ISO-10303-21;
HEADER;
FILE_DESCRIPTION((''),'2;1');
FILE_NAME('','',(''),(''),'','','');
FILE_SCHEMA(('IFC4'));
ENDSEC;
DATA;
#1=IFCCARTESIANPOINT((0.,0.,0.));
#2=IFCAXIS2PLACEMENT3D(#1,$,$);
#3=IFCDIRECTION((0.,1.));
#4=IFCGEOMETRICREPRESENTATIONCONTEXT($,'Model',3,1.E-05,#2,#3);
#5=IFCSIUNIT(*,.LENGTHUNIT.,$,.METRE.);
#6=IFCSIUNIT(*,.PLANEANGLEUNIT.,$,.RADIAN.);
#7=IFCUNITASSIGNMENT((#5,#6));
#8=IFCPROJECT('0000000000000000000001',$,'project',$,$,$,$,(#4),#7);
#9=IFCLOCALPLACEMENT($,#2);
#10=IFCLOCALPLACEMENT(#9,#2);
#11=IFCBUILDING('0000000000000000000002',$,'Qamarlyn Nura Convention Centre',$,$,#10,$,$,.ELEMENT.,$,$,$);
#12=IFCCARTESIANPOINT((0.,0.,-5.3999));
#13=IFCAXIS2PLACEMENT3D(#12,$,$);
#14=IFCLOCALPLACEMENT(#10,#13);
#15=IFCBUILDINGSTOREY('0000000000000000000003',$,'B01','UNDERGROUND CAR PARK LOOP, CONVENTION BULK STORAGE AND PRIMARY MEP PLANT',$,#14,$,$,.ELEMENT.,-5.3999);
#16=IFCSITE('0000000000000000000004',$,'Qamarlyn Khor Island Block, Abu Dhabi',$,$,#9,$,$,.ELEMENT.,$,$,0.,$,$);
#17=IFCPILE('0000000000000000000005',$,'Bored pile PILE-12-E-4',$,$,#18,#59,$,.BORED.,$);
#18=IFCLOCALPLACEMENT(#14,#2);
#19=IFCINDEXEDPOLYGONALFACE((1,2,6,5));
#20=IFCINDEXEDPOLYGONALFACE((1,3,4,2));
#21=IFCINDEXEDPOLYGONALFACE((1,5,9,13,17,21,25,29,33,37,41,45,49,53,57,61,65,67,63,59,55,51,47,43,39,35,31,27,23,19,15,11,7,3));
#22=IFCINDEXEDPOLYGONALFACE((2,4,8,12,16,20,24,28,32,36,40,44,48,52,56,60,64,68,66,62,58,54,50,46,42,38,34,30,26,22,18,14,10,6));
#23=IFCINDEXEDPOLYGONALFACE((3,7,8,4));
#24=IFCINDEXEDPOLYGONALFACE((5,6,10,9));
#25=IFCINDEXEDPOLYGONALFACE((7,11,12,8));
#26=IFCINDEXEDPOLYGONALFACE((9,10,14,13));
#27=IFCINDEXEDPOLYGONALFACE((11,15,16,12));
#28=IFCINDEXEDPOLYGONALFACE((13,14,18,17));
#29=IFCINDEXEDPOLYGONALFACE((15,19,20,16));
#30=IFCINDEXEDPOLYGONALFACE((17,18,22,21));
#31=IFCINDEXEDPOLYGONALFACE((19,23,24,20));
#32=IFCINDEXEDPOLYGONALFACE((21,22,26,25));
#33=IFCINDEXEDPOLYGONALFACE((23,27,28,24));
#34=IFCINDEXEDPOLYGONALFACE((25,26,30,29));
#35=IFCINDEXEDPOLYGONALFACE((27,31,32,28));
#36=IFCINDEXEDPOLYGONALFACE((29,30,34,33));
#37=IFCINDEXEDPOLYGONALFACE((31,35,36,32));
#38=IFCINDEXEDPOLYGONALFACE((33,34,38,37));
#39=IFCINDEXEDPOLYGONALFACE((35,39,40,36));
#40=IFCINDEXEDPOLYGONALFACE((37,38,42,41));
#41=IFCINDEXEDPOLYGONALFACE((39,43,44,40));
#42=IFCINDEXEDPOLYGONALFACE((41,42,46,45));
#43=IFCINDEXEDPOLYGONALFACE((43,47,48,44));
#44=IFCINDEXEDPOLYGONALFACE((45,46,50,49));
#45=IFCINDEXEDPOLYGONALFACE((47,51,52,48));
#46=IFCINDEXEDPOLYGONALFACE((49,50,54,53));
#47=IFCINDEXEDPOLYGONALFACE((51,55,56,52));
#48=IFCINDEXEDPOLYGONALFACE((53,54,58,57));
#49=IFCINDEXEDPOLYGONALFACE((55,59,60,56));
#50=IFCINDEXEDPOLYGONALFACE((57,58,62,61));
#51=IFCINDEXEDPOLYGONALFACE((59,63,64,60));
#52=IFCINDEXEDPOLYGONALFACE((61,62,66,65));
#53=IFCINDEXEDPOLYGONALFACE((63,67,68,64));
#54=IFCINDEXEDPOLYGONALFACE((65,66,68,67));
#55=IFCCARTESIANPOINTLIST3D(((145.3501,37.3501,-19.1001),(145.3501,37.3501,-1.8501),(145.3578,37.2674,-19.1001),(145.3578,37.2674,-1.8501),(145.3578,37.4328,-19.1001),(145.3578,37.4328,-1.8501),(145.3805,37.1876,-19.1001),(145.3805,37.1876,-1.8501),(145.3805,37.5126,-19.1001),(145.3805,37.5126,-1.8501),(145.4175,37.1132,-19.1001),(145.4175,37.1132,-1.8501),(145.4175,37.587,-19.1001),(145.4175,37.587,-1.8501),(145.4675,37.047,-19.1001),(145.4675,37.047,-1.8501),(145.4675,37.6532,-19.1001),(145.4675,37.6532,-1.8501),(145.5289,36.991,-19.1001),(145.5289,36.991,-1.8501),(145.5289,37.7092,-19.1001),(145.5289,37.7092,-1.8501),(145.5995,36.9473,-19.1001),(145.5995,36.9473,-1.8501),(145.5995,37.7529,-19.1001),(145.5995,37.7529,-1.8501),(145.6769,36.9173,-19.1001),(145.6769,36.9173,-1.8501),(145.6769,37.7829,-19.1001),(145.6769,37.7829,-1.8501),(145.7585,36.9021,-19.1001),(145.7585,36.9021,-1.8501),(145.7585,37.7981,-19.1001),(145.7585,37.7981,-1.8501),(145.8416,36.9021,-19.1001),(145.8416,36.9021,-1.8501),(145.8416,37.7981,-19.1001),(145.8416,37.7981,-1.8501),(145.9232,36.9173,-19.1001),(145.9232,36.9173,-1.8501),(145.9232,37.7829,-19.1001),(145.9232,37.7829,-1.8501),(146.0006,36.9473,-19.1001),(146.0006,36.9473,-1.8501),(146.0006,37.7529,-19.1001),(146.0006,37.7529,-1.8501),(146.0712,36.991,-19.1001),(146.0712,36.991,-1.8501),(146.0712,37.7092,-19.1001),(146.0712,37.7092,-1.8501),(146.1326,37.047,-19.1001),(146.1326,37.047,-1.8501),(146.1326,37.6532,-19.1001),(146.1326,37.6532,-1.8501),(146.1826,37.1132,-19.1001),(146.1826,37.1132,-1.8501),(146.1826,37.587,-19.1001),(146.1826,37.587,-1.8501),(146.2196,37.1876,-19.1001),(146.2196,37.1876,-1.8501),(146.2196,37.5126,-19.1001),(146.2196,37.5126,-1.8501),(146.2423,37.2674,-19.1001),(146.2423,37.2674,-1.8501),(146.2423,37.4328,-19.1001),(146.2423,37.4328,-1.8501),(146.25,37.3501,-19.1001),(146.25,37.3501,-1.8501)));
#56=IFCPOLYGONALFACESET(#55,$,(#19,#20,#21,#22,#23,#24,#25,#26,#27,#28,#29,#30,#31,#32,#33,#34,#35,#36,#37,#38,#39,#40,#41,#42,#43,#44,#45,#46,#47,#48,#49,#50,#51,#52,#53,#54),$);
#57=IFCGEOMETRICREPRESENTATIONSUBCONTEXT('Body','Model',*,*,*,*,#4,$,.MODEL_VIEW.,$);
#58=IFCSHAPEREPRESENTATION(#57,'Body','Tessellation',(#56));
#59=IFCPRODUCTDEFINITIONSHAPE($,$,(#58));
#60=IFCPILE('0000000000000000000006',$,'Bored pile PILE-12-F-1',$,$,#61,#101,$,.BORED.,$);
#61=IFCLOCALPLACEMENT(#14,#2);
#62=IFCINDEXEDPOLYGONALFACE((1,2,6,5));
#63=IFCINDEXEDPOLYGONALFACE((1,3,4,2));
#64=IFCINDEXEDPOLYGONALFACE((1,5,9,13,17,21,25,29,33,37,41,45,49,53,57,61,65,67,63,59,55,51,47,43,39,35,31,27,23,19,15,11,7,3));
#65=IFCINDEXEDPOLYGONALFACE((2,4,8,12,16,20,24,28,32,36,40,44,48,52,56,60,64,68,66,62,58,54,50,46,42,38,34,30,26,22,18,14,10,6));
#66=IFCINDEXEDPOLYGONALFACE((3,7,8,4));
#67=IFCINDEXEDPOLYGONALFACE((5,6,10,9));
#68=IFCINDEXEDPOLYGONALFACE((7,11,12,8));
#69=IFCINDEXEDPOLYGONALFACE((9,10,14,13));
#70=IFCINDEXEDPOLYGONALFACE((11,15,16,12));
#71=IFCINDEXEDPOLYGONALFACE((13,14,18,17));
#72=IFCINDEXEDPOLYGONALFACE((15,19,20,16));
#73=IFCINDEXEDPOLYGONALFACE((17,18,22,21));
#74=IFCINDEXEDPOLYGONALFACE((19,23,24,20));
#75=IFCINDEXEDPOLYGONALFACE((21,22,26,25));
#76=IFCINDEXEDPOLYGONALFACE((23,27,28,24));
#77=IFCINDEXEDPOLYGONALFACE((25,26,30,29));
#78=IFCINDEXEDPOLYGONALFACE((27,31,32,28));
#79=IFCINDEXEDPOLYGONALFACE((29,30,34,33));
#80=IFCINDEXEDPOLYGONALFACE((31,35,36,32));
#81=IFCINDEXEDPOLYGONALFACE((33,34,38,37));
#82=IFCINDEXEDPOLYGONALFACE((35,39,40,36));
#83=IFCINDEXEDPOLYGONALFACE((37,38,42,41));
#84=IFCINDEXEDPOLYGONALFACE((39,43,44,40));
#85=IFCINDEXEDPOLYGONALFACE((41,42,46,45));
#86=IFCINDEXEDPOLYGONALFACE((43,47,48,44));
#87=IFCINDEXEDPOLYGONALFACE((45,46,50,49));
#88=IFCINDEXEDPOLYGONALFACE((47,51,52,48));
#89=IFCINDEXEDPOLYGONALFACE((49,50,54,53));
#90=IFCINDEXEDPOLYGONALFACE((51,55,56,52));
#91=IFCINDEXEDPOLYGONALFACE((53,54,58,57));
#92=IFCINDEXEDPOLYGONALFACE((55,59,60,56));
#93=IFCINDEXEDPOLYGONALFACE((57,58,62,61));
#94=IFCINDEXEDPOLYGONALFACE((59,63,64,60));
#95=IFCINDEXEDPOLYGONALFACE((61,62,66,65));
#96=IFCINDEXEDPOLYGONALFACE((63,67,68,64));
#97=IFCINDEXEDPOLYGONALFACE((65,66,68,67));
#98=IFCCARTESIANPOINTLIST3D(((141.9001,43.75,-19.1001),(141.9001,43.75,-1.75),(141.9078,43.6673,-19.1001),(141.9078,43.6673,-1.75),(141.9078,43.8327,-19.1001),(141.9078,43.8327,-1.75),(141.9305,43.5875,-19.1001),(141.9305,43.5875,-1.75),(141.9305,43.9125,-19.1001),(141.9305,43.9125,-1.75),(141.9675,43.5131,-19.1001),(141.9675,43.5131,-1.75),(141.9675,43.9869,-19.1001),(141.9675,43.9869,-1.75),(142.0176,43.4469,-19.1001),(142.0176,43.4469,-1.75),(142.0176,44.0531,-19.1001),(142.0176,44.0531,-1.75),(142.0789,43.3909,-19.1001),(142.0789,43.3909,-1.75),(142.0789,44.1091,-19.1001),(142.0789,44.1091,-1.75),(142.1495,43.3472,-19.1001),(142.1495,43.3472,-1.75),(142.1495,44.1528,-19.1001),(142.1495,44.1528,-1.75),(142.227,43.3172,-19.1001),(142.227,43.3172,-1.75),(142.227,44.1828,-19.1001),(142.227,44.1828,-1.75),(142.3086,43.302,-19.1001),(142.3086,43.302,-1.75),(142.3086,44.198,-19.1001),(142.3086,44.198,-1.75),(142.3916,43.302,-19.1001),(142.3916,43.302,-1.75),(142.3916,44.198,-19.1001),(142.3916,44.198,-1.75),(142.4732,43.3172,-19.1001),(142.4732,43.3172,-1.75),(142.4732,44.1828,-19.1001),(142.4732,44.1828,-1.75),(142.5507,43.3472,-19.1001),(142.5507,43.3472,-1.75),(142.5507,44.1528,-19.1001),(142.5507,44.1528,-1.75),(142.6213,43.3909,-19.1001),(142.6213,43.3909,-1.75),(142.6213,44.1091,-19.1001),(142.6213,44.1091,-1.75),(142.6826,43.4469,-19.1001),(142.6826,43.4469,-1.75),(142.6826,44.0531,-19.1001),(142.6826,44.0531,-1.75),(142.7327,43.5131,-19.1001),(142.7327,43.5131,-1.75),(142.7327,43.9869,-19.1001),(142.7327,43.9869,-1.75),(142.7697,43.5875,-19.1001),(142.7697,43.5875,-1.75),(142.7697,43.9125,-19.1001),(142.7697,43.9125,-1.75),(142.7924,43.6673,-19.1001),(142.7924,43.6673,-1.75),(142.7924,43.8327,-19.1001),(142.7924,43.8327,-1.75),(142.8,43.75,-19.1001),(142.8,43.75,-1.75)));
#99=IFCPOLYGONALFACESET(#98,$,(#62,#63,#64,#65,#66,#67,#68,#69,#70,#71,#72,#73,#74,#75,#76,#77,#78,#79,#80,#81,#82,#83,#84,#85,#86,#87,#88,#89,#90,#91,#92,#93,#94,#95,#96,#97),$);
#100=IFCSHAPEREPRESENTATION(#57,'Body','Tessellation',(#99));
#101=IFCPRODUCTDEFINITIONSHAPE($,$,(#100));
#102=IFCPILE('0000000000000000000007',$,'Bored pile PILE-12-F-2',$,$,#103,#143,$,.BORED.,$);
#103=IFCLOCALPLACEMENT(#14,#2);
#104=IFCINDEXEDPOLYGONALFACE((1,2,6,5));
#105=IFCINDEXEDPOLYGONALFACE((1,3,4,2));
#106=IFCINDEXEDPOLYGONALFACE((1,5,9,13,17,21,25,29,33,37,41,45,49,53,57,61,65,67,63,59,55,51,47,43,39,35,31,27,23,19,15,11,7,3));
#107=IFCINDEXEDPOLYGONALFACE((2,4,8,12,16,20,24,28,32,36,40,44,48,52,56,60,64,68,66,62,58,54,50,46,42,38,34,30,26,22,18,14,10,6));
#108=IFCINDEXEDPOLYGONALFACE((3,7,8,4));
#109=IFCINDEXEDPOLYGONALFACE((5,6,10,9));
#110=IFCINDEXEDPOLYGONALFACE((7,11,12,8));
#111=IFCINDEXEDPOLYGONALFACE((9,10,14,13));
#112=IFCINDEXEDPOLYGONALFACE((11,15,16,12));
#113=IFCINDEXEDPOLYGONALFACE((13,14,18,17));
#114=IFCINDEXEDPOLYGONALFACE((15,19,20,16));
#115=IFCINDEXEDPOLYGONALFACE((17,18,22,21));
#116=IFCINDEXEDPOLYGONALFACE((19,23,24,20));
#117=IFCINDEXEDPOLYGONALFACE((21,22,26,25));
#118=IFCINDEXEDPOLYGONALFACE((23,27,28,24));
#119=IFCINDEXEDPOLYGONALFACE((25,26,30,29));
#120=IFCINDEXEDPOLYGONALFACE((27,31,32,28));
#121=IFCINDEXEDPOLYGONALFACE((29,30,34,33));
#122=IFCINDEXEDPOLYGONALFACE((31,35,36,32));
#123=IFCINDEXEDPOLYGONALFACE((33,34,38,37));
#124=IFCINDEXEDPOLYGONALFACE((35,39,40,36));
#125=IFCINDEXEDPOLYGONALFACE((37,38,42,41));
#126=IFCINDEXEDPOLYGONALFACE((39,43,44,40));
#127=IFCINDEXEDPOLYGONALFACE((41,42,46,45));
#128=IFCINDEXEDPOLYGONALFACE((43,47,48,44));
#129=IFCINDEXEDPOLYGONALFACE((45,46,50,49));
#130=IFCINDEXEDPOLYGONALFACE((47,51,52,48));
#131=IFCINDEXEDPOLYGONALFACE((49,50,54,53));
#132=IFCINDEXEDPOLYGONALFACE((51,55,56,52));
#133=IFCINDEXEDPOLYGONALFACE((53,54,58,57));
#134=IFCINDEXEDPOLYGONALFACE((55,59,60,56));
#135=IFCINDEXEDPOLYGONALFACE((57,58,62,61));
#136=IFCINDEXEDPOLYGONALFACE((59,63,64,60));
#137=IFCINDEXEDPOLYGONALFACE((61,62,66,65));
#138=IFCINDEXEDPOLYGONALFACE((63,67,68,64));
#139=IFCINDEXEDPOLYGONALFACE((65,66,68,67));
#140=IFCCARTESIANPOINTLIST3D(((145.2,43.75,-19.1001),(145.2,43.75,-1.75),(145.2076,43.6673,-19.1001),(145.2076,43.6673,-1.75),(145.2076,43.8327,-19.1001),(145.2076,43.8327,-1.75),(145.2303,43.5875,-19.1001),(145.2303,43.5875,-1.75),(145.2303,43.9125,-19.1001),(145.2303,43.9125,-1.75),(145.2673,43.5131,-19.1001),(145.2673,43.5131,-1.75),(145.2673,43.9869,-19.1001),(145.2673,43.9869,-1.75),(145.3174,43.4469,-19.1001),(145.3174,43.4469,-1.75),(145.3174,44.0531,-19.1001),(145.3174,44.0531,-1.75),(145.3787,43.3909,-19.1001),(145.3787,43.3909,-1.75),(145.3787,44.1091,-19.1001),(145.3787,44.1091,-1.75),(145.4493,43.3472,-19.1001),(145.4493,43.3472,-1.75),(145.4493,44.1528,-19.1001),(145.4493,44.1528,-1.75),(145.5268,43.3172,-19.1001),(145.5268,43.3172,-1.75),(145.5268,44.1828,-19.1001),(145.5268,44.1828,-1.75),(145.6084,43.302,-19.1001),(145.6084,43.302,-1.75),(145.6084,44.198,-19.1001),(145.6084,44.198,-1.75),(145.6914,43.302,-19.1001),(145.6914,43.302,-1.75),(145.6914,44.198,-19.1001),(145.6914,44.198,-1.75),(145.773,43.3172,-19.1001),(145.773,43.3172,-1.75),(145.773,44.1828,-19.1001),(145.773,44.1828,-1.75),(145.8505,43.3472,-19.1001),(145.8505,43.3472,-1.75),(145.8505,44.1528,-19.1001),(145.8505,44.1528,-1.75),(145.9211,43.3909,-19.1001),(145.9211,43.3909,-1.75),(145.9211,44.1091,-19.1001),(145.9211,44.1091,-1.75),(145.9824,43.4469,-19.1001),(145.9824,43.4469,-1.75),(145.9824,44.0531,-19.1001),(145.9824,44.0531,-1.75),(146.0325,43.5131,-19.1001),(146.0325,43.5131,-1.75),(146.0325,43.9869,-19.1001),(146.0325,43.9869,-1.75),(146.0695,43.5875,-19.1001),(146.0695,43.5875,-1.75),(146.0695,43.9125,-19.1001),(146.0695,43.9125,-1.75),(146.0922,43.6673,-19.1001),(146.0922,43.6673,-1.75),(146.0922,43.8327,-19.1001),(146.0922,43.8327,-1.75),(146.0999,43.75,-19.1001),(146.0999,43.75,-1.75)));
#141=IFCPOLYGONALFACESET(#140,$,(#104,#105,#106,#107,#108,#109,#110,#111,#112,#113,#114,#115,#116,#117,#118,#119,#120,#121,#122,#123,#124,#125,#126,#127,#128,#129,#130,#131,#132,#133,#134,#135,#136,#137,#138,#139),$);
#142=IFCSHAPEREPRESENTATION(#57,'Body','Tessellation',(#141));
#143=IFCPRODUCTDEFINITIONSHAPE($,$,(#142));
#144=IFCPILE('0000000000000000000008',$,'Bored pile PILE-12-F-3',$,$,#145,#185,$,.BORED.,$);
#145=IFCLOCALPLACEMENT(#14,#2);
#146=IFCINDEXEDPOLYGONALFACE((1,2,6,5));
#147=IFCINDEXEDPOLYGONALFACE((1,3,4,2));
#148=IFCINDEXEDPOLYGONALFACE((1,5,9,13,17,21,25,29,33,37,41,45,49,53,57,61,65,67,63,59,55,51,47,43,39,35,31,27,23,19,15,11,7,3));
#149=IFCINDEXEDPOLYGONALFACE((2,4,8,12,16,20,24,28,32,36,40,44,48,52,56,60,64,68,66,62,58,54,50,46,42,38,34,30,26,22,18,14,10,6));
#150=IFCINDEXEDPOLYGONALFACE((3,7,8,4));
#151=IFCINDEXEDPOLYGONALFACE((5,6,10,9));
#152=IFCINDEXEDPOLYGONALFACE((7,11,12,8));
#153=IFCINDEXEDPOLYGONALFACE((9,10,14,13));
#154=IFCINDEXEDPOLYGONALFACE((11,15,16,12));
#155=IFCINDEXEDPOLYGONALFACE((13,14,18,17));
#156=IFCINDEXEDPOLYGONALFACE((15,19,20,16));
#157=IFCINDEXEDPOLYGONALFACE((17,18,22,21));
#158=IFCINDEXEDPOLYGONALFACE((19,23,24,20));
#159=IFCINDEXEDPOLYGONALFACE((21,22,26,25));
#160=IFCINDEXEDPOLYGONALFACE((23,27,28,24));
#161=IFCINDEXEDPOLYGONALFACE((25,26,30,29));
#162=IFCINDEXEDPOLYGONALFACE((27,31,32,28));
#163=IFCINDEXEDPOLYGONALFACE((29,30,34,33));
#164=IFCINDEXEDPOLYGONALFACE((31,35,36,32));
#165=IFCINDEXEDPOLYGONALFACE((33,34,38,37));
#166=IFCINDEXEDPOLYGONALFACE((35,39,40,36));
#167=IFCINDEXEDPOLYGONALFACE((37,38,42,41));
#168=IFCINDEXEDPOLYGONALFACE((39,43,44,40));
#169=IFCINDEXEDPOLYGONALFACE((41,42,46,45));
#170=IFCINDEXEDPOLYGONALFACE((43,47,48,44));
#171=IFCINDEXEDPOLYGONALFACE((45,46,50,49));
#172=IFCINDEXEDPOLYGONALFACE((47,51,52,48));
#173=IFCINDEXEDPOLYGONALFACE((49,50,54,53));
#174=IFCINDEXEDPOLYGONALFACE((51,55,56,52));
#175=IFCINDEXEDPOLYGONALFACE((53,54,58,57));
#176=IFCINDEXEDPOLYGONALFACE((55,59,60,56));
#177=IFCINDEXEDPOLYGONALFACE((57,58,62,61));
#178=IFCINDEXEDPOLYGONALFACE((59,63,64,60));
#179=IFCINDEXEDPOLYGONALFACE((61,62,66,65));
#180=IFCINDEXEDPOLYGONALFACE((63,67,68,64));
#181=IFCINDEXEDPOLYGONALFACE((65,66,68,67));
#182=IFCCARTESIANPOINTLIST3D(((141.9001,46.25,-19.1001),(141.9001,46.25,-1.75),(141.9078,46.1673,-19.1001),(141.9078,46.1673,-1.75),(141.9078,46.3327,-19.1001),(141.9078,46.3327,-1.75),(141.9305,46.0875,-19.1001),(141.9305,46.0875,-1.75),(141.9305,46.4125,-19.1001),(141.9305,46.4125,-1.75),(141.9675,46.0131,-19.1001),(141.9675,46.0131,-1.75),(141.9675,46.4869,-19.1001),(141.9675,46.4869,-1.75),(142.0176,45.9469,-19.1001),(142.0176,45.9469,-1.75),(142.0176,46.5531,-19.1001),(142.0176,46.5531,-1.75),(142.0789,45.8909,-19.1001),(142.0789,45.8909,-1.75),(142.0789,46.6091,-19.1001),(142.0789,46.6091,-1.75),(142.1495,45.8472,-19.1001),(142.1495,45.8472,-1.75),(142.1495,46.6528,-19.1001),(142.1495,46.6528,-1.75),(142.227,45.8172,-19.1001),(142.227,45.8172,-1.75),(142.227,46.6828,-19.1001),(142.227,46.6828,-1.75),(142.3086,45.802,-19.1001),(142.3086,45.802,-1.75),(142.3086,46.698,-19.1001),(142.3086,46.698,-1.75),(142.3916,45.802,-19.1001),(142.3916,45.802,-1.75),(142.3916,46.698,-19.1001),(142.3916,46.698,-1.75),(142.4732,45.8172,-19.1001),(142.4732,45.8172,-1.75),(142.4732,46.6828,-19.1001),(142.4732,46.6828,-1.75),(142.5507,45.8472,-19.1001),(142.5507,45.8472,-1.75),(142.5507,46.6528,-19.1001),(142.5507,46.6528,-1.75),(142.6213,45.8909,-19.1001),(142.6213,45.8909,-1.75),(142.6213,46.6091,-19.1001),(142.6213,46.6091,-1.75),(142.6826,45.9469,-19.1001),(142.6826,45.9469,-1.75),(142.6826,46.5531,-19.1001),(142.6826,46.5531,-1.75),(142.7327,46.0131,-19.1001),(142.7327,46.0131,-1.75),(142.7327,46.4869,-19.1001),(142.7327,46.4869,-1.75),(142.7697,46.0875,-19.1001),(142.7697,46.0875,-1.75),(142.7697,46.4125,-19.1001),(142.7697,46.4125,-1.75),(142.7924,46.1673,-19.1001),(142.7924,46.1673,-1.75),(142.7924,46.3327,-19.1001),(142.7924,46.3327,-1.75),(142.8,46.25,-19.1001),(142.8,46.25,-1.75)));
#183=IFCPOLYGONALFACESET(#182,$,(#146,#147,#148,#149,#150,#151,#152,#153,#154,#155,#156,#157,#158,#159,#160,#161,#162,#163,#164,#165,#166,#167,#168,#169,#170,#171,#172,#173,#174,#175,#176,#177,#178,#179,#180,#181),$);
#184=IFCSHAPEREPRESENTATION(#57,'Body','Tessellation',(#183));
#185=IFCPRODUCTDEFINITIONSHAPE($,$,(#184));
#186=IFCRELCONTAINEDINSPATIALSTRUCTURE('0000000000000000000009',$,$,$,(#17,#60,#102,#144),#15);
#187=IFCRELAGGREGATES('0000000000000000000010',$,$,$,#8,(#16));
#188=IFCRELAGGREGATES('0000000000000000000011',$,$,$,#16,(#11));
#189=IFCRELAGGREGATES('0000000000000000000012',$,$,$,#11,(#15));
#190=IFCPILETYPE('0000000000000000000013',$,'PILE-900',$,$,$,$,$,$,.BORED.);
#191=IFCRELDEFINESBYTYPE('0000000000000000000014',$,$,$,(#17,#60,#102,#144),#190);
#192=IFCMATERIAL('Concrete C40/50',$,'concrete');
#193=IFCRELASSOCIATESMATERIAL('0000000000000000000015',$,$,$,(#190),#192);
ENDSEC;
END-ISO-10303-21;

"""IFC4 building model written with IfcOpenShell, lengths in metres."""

from ifc_helpers import new_model, si_unit, direction, frame, origin, origin_2d, place, context, subcontext, project, spatial, circle, extrude, material, material_profile, profile_set, type_object, element, save


model = new_model("IFC4")

# Units and contexts
model_context = context("Model", 3, precision=1e-05, world=origin(), true_north=direction((0.0, 1.0)))
body_context = subcontext(model_context, "Body", "Model", "MODEL_VIEW")
ifc_project = project(units=[si_unit("LENGTHUNIT", "METRE"), si_unit("PLANEANGLEUNIT", "RADIAN")], contexts=[model_context])

# Site, building, storey
site_placement = place(None, origin())
site = spatial("IfcSite", under=ifc_project, at=site_placement, Name="Qamarlyn Khor Island Block, Abu Dhabi", CompositionType="ELEMENT", RefElevation=0.0)
building_placement = place(site_placement, origin())
building = spatial("IfcBuilding", under=site, at=building_placement, Name="Qamarlyn Nura Convention Centre", CompositionType="ELEMENT")
storey_placement = place(building_placement, frame((0.0, 0.0, -5.3999)))
storey = spatial("IfcBuildingStorey", under=building, at=storey_placement, Name="B01", Description="UNDERGROUND CAR PARK LOOP, CONVENTION BULK STORAGE AND PRIMARY MEP PLANT", CompositionType="ELEMENT", Elevation=-5.3999)

# Shared definitions
ifc_material_1 = material(Name="Concrete C40/50", Category="concrete")

# Piles
ifc_material_profile_1 = material_profile(ifc_material_1, circle(Radius=0.45, at=origin_2d()), Name="BORED PILE 900")
ifc_profile_set_1 = profile_set([ifc_material_profile_1], Name="Concrete C40/50")
pile_type = type_object("IfcPileType", Name="PILE-900", PredefinedType="BORED", material=ifc_profile_set_1)
for number, where, z_axis, x_axis, name in (
    (1, (145.8, 37.3501, -1.8501), (0.0, 0.0, -1.0), (1.0, 0.0, 0.0), "Bored pile PILE-12-E-4"),
):
    element("IfcPile", number, at=place(storey_placement, frame(where, z_axis=z_axis, x_axis=x_axis)), inside=storey, type_object=pile_type, Name=name, PredefinedType="BORED", context=body_context, shape_type="SweptSolid", body=[
        extrude(circle(Radius=0.45, at=origin_2d()), origin(), (0.0, 0.0, 1.0), 17.25),
    ])
for number, where, z_axis, x_axis, name in (
    (2, (142.3501, 43.75, -1.75), (0.0, 0.0, -1.0), (1.0, 0.0, 0.0), "Bored pile PILE-12-F-1"),
    (3, (145.6499, 43.75, -1.75), (0.0, 0.0, -1.0), (1.0, 0.0, 0.0), "Bored pile PILE-12-F-2"),
    (4, (142.3501, 46.25, -1.75), (0.0, 0.0, -1.0), (1.0, 0.0, 0.0), "Bored pile PILE-12-F-3"),
):
    element("IfcPile", number, at=place(storey_placement, frame(where, z_axis=z_axis, x_axis=x_axis)), inside=storey, type_object=pile_type, Name=name, PredefinedType="BORED", context=body_context, shape_type="SweptSolid", body=[
        extrude(circle(Radius=0.45, at=origin_2d()), origin(), (0.0, 0.0, 1.0), 17.3501),
    ])

save(model, "model.ifc")
